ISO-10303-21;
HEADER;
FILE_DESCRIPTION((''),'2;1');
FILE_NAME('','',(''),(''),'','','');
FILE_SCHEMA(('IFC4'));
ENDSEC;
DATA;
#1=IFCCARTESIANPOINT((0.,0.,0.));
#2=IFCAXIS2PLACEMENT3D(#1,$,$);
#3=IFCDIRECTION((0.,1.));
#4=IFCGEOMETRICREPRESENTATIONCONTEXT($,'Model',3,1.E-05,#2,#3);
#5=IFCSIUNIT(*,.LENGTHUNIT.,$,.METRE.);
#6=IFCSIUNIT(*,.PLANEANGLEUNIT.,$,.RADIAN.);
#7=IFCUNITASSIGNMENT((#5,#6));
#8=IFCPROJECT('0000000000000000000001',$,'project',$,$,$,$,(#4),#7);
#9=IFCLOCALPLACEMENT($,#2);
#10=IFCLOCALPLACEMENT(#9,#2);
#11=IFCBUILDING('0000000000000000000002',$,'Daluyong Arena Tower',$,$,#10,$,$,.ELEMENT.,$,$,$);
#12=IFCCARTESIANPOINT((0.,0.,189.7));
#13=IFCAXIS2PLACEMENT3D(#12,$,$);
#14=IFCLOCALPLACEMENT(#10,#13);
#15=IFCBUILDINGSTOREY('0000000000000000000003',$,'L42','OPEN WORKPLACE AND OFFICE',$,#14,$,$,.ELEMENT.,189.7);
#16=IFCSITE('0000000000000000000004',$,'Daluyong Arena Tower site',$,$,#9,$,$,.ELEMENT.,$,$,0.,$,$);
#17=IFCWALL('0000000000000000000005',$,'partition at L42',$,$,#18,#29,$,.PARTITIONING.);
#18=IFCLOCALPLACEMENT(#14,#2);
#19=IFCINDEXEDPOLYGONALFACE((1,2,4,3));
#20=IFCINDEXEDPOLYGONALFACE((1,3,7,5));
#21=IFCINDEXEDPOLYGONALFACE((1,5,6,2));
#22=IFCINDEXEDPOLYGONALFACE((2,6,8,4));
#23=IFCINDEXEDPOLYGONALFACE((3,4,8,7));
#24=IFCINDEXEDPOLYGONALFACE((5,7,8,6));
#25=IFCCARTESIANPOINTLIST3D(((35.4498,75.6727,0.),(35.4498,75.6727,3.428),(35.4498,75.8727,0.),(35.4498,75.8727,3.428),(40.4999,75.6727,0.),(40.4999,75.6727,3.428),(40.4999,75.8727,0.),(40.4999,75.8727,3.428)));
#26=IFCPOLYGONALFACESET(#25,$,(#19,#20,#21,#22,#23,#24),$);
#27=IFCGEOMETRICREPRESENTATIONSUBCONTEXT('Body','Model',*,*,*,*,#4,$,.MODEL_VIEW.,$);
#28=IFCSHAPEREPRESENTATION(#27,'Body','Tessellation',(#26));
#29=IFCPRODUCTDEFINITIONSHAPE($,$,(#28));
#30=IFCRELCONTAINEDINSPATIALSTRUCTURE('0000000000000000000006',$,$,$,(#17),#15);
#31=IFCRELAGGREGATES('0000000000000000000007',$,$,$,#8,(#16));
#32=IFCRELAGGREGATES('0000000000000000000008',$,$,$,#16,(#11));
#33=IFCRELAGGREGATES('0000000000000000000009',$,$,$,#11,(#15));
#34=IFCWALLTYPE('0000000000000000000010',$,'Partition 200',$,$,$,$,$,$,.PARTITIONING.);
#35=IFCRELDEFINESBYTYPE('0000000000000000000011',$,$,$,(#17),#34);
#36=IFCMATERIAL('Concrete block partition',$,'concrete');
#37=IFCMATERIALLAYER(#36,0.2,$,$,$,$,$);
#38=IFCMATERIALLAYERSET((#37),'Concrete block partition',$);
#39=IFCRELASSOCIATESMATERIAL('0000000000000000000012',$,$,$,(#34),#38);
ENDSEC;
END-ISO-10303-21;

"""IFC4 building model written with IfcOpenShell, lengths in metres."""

from ifc_helpers import new_model, si_unit, direction, frame, frame_2d, origin, place, context, subcontext, project, spatial, rectangle, extrude, material, layer, layer_set, type_object, element, save


model = new_model("IFC4")

# Units and contexts
model_context = context("Model", 3, precision=1e-05, world=origin(), true_north=direction((0.0, 1.0)))
body_context = subcontext(model_context, "Body", "Model", "MODEL_VIEW")
ifc_project = project(units=[si_unit("LENGTHUNIT", "METRE"), si_unit("PLANEANGLEUNIT", "RADIAN")], contexts=[model_context])

# Site, building, storey
site_placement = place(None, origin())
site = spatial("IfcSite", under=ifc_project, at=site_placement, Name="Daluyong Arena Tower site", CompositionType="ELEMENT", RefElevation=0.0)
building_placement = place(site_placement, origin())
building = spatial("IfcBuilding", under=site, at=building_placement, Name="Daluyong Arena Tower", CompositionType="ELEMENT")
storey_placement = place(building_placement, frame((0.0, 0.0, 189.7)))
storey = spatial("IfcBuildingStorey", under=building, at=storey_placement, Name="L42", Description="OPEN WORKPLACE AND OFFICE", CompositionType="ELEMENT", Elevation=189.7)

# Wall
ifc_material_1 = material(Name="Concrete block partition", Category="concrete")
ifc_layer_1 = layer(ifc_material_1, 0.2)
ifc_layer_set_1 = layer_set([ifc_layer_1], Name="Concrete block partition")
wall_type_1 = type_object("IfcWallType", Name="Partition 200", PredefinedType="PARTITIONING", material=ifc_layer_set_1)
wall_1_placement = place(storey_placement, frame((35.45, 75.7727, 0.0), z_axis=(0.0, 0.0, 1.0), x_axis=(1.0, 0.0, 0.0)))
element("IfcWall", 1, at=wall_1_placement, inside=storey, type_object=wall_type_1, Name="partition at L42", PredefinedType="PARTITIONING", context=body_context, shape_type="SweptSolid", body=[
    extrude(rectangle(XDim=5.05, YDim=0.2, at=frame_2d((2.5249, 0.0))), origin(), (0.0, 0.0, 1.0), 3.428),
])

save(model, "model.ifc")
